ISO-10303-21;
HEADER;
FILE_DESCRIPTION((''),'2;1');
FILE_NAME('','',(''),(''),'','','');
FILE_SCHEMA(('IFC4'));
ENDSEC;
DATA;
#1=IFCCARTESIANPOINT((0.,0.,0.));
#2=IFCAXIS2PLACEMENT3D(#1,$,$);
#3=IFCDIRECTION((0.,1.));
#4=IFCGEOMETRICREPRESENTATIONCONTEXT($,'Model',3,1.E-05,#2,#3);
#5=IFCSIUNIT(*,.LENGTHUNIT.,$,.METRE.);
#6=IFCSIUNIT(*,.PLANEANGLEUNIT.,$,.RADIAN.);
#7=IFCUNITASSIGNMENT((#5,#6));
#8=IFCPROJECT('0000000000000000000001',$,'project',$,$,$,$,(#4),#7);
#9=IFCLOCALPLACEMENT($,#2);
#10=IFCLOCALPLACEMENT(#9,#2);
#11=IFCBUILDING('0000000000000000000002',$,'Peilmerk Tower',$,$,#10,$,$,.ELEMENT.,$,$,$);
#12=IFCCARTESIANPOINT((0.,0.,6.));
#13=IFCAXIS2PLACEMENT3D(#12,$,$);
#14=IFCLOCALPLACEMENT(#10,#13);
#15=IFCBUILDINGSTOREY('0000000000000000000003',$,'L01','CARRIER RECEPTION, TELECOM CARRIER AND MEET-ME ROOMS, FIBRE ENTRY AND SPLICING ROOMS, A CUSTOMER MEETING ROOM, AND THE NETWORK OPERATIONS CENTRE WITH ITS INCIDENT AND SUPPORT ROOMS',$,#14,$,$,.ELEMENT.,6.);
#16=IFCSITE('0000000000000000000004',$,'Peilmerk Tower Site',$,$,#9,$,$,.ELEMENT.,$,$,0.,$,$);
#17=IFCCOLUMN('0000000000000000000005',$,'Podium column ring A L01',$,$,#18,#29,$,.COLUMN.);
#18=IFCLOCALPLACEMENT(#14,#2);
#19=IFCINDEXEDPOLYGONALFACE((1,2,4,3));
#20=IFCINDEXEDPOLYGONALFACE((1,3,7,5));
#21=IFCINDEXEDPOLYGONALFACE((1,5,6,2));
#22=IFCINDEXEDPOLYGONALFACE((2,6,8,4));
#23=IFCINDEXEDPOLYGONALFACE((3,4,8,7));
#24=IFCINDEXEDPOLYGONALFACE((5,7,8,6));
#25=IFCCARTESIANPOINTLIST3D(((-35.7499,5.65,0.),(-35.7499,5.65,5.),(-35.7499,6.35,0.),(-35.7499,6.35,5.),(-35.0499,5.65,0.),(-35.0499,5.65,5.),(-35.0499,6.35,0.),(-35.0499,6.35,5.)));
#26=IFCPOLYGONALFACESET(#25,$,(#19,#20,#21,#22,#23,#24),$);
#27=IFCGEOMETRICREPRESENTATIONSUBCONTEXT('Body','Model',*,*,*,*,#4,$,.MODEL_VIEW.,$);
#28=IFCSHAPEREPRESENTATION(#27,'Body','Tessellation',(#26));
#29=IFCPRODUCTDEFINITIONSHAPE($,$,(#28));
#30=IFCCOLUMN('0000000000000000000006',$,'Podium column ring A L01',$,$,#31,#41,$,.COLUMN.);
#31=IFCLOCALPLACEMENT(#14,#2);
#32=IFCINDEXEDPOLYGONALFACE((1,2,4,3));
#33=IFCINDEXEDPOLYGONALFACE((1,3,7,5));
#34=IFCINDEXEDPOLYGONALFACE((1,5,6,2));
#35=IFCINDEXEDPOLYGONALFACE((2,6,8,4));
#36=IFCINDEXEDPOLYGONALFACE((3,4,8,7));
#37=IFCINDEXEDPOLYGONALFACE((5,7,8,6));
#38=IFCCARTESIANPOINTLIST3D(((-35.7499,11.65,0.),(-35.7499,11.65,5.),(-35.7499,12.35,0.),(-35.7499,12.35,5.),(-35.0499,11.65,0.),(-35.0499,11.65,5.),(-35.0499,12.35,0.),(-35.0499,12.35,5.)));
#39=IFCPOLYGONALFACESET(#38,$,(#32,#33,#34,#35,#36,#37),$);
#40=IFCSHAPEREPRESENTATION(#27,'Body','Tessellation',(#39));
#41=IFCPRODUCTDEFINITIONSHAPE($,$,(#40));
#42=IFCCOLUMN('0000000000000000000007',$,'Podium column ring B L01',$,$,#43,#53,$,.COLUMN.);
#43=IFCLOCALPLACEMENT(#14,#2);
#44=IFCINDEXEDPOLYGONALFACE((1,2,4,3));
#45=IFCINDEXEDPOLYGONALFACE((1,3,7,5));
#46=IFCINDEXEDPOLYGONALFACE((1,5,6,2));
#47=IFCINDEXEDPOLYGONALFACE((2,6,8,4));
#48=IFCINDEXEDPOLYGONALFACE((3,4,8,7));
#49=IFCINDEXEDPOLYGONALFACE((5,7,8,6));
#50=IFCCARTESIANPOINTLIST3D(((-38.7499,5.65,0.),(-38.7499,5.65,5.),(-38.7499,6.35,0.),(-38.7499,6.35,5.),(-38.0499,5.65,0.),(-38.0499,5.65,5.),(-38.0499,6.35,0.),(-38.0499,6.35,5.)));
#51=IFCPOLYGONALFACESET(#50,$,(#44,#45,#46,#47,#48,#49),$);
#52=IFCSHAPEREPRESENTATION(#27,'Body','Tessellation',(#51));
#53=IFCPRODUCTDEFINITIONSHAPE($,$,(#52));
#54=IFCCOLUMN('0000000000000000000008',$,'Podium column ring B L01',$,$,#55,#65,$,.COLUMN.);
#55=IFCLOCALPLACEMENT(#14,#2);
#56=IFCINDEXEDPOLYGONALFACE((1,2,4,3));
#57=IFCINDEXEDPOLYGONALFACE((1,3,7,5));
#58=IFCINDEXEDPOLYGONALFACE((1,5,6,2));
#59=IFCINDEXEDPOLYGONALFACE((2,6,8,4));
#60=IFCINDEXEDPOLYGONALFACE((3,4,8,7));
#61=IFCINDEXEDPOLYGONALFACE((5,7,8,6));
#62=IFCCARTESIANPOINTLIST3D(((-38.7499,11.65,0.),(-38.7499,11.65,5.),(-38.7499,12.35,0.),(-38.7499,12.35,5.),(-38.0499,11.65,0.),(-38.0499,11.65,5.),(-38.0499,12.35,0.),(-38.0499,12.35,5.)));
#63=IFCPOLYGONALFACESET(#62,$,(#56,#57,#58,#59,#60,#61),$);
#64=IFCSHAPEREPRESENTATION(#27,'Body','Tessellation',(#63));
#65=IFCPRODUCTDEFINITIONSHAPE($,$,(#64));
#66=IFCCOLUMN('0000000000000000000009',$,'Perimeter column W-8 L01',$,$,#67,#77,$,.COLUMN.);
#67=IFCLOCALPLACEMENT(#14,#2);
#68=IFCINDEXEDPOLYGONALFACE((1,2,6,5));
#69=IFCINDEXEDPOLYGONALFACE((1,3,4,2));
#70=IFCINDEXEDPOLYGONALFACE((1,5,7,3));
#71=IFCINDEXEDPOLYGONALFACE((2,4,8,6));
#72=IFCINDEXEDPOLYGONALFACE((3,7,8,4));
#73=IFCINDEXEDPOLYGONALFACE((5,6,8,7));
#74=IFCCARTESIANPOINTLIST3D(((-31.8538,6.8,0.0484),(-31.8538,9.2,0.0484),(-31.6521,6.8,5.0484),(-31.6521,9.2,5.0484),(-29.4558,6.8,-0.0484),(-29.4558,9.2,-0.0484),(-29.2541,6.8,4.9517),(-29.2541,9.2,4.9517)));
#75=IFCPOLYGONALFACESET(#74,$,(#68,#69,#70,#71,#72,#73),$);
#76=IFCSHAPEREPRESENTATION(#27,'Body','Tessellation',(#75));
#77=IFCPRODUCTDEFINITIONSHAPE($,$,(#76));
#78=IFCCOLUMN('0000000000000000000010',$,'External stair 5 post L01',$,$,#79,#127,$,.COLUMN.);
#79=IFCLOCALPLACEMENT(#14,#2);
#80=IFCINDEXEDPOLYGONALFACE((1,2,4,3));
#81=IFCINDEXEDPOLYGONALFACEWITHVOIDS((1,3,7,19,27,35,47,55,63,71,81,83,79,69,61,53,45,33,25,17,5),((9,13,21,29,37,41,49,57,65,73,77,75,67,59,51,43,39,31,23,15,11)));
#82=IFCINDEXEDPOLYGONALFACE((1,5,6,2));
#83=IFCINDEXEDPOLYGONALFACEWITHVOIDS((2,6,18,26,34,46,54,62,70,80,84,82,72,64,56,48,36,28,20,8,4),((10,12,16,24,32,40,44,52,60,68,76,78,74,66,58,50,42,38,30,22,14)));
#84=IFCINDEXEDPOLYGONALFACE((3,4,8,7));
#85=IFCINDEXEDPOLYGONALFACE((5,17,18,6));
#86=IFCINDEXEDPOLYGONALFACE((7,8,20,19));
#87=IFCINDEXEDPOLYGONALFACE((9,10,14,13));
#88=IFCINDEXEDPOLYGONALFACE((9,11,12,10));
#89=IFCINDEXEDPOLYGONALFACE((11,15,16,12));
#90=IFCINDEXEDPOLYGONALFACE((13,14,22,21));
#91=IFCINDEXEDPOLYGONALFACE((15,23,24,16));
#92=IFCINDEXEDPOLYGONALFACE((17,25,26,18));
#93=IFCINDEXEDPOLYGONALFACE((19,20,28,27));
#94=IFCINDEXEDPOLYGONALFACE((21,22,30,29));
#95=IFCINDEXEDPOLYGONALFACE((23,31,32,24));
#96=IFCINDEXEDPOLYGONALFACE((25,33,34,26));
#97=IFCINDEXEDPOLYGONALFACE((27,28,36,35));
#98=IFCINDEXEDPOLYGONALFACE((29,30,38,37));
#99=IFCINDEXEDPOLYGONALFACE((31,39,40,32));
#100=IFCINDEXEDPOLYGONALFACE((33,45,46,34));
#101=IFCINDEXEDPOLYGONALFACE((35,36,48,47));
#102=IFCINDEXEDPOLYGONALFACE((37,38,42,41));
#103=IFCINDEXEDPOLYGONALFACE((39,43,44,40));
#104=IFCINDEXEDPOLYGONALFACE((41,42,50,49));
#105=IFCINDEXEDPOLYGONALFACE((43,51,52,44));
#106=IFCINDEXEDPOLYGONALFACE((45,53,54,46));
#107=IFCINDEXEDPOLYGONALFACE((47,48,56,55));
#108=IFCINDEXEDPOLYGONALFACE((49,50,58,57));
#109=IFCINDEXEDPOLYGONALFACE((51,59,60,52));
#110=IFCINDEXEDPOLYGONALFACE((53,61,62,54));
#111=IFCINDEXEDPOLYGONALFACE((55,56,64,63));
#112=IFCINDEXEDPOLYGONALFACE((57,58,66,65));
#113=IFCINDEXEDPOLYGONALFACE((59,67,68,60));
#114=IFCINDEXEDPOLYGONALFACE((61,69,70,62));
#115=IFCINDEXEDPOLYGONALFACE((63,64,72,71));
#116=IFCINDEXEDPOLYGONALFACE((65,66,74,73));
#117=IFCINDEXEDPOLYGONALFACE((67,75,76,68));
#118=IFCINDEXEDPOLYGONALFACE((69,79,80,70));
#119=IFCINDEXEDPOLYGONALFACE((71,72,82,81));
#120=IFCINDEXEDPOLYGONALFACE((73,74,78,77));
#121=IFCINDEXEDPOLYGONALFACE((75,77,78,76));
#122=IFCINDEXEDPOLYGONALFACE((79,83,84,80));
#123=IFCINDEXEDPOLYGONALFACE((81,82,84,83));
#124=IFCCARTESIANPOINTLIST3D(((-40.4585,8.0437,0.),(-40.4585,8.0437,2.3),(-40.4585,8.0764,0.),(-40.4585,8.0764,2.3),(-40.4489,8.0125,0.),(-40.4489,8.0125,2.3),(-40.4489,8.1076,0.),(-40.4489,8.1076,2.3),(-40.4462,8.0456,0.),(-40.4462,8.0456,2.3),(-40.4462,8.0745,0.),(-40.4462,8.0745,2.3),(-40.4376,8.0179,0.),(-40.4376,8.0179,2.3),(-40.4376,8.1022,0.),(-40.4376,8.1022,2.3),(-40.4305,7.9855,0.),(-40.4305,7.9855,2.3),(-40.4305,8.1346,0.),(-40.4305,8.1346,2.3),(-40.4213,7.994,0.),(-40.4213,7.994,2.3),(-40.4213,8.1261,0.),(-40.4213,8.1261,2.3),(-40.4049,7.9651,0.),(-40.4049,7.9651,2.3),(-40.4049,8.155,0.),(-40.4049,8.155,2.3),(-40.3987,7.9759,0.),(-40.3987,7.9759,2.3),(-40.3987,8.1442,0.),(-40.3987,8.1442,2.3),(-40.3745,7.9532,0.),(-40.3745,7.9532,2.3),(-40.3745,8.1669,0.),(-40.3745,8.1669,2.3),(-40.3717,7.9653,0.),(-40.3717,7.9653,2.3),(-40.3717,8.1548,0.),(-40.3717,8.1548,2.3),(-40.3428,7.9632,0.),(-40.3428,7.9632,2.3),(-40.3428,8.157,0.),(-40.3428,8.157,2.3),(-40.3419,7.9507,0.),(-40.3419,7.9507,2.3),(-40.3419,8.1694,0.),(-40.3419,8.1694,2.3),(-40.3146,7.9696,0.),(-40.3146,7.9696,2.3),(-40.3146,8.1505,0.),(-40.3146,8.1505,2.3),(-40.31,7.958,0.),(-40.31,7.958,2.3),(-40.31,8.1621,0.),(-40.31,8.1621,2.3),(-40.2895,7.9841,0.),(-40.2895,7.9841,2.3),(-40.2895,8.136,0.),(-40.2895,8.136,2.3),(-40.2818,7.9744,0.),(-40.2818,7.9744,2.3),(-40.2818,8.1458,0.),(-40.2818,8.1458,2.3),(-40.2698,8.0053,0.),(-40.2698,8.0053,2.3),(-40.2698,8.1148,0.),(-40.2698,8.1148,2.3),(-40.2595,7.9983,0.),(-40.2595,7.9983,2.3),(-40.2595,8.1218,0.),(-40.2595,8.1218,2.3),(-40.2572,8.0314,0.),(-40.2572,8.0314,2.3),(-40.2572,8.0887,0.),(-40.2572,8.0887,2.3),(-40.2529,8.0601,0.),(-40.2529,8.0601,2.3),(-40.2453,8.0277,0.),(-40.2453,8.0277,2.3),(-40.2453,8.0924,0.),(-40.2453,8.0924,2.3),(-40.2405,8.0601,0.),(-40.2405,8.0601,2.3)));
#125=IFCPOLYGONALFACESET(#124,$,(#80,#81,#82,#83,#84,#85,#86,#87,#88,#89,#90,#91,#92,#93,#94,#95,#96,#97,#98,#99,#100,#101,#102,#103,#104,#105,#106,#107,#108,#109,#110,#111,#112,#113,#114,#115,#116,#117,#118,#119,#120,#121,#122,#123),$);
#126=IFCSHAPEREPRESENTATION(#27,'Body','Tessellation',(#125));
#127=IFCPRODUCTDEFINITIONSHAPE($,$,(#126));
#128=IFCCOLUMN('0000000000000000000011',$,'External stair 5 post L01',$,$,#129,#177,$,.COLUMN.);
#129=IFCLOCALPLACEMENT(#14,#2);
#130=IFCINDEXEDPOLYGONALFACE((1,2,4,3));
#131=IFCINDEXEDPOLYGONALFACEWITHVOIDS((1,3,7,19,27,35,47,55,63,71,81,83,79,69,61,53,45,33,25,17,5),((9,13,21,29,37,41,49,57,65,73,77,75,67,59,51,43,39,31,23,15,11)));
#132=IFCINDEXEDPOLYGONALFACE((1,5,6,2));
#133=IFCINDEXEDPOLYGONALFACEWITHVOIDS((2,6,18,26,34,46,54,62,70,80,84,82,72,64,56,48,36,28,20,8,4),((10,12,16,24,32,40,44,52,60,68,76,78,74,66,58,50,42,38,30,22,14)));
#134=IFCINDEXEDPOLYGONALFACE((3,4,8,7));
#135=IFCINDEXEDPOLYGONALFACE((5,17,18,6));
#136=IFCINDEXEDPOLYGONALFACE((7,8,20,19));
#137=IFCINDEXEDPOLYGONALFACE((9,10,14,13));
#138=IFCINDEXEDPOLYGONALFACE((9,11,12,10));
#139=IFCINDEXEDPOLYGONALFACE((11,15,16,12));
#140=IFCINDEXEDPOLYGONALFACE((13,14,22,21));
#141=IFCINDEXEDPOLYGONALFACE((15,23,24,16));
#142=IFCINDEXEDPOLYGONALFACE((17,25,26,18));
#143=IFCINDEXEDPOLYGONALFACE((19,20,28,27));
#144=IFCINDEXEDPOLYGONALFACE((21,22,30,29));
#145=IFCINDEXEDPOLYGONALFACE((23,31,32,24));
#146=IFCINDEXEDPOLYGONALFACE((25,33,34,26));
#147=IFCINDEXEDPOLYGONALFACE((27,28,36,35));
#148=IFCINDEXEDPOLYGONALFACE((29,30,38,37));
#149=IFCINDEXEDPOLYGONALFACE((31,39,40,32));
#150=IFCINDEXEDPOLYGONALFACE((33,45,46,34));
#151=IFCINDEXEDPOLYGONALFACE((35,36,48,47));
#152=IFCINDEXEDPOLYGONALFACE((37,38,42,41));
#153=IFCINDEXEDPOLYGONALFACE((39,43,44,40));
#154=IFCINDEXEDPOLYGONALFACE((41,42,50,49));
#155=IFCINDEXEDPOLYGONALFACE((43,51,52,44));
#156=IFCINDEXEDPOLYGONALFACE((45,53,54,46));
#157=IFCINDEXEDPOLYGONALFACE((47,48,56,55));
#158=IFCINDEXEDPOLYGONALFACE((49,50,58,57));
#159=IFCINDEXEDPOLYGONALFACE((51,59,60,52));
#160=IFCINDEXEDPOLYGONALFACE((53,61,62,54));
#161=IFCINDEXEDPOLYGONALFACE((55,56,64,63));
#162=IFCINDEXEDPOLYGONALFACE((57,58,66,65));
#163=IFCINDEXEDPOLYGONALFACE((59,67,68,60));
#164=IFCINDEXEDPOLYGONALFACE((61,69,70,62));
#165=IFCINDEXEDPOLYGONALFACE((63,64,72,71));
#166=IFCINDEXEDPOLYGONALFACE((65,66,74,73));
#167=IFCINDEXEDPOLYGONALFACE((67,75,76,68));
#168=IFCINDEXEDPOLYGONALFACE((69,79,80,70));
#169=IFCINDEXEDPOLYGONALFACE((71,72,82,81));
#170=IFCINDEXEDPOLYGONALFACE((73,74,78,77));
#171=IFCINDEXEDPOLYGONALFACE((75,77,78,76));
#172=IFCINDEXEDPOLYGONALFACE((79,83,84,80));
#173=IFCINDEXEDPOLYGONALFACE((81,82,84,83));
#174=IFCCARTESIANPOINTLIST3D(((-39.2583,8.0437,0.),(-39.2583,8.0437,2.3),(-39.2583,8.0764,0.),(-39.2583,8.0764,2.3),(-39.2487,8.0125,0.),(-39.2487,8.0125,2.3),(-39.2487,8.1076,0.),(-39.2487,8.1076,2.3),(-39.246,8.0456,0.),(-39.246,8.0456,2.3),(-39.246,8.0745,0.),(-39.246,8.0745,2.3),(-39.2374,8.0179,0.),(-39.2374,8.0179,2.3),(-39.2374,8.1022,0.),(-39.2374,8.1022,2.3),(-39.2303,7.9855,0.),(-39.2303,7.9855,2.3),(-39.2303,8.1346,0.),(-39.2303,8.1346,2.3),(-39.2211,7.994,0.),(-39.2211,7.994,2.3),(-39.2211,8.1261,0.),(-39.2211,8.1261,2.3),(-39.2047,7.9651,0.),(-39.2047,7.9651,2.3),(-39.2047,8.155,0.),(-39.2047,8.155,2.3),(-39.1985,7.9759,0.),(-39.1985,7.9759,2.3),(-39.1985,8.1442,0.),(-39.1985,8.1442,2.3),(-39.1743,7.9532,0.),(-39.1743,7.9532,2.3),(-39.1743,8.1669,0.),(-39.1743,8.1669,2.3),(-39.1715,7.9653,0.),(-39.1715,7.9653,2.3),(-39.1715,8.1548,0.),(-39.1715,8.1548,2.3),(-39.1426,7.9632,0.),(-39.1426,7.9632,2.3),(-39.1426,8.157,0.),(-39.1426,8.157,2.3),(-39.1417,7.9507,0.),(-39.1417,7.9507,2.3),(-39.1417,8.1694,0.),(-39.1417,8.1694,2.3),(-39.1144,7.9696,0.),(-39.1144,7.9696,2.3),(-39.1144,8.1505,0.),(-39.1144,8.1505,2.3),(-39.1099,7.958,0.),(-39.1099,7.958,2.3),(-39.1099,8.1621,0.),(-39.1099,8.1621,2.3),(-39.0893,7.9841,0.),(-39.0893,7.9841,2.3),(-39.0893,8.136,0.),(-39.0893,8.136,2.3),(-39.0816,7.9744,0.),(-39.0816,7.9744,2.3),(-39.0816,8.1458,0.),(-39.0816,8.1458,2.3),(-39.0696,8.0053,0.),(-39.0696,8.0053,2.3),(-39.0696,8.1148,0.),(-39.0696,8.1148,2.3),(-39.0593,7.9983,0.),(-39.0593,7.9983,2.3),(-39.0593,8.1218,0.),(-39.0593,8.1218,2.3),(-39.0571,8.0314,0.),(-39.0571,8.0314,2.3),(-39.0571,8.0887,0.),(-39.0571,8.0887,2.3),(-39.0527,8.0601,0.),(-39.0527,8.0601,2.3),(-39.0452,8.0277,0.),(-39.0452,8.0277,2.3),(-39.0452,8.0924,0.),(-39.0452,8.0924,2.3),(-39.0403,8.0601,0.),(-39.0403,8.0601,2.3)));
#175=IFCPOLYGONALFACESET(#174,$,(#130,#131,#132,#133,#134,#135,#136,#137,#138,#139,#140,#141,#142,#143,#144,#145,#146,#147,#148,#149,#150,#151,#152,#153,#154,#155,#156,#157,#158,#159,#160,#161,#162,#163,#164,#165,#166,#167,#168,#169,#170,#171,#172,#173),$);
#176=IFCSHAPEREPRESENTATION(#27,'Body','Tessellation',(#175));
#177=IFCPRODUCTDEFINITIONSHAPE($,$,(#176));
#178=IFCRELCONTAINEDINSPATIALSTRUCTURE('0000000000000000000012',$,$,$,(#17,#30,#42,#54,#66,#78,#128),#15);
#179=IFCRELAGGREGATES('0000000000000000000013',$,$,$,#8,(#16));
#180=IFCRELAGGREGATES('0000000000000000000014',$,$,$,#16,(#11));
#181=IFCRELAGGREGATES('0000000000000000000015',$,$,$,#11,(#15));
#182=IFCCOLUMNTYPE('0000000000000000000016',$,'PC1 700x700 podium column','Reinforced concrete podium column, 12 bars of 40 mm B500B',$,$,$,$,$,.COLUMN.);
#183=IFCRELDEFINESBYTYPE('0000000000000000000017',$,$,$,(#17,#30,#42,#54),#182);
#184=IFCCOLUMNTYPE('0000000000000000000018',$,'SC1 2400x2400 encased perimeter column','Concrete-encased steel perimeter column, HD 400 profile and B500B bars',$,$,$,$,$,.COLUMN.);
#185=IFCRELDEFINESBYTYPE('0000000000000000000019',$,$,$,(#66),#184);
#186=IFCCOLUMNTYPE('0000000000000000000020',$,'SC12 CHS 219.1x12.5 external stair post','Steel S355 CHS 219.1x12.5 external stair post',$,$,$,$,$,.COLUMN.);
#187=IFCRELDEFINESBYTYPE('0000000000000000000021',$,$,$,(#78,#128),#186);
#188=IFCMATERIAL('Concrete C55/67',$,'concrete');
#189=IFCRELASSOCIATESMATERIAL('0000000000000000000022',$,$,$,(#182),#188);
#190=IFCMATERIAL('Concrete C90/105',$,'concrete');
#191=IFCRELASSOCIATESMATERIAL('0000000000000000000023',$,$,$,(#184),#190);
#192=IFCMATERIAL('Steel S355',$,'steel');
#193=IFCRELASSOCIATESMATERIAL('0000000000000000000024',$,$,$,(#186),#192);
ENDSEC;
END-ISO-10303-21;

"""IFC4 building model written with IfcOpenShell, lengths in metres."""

from ifc_helpers import new_model, si_unit, direction, frame, origin, origin_2d, place, context, subcontext, project, spatial, rectangle, hollow_circle, extrude, material, material_profile, profile_set, type_object, element, save


model = new_model("IFC4")

# Units and contexts
model_context = context("Model", 3, precision=1e-05, world=origin(), true_north=direction((0.0, 1.0)))
body_context = subcontext(model_context, "Body", "Model", "MODEL_VIEW")
ifc_project = project(units=[si_unit("LENGTHUNIT", "METRE"), si_unit("PLANEANGLEUNIT", "RADIAN")], contexts=[model_context])

# Site, building, storey
site_placement = place(None, origin())
site = spatial("IfcSite", under=ifc_project, at=site_placement, Name="Peilmerk Tower Site", CompositionType="ELEMENT", RefElevation=0.0)
building_placement = place(site_placement, origin())
building = spatial("IfcBuilding", under=site, at=building_placement, Name="Peilmerk Tower", CompositionType="ELEMENT")
storey_placement = place(building_placement, frame((0.0, 0.0, 6.0)))
storey = spatial("IfcBuildingStorey", under=building, at=storey_placement, Name="L01", Description="CARRIER RECEPTION, TELECOM CARRIER AND MEET-ME ROOMS, FIBRE ENTRY AND SPLICING ROOMS, A CUSTOMER MEETING ROOM, AND THE NETWORK OPERATIONS CENTRE WITH ITS INCIDENT AND SUPPORT ROOMS", CompositionType="ELEMENT", Elevation=6.0)

# Columns
ifc_material_1 = material(Name="Concrete C55/67", Category="concrete")
ifc_material_profile_1 = material_profile(ifc_material_1, rectangle(XDim=0.7, YDim=0.7, at=origin_2d()), Name="RC 700x700")
ifc_profile_set_1 = profile_set([ifc_material_profile_1], Name="Concrete C55/67")
column_type_1 = type_object("IfcColumnType", Name="PC1 700x700 podium column", Description="Reinforced concrete podium column, 12 bars of 40 mm B500B", PredefinedType="COLUMN", material=ifc_profile_set_1)
for number, where, z_axis, x_axis, name in (
    (1, (-35.3999, 6.0, 0.0), (0.0, 0.0, 1.0), (1.0, 0.0, 0.0), "Podium column ring A L01"),
    (2, (-35.3999, 12.0, 0.0), (0.0, 0.0, 1.0), (1.0, 0.0, 0.0), "Podium column ring A L01"),
    (3, (-38.3999, 6.0, 0.0), (0.0, 0.0, 1.0), (1.0, 0.0, 0.0), "Podium column ring B L01"),
    (4, (-38.3999, 12.0, 0.0), (0.0, 0.0, 1.0), (1.0, 0.0, 0.0), "Podium column ring B L01"),
):
    element("IfcColumn", number, at=place(storey_placement, frame(where, z_axis=z_axis, x_axis=x_axis)), inside=storey, type_object=column_type_1, Name=name, PredefinedType="COLUMN", context=body_context, shape_type="SweptSolid", body=[
        extrude(rectangle(XDim=0.7, YDim=0.7, at=origin_2d()), origin(), (0.0, 0.0, 1.0), 5.0),
    ])
ifc_material_2 = material(Name="Concrete C90/105", Category="concrete")
ifc_material_profile_2 = material_profile(ifc_material_2, rectangle(XDim=2.3999, YDim=2.3999, at=origin_2d()), Name="RC 2400x2400")
ifc_profile_set_2 = profile_set([ifc_material_profile_2], Name="Concrete C90/105")
column_type_2 = type_object("IfcColumnType", Name="SC1 2400x2400 encased perimeter column", Description="Concrete-encased steel perimeter column, HD 400 profile and B500B bars", PredefinedType="COLUMN", material=ifc_profile_set_2)
column_placement = place(storey_placement, frame((-30.6548, 8.0, 0.0), z_axis=(0.040299, 0.0, 0.999188), x_axis=(0.0, 1.0, 0.0)))
element("IfcColumn", 5, at=column_placement, inside=storey, type_object=column_type_2, Name="Perimeter column W-8 L01", PredefinedType="COLUMN", context=body_context, shape_type="SweptSolid", body=[
    extrude(rectangle(XDim=2.3999, YDim=2.3999, at=origin_2d()), origin(), (0.0, 0.0, 1.0), 5.0042),
])
ifc_material_3 = material(Name="Steel S355", Category="steel")
ifc_material_profile_3 = material_profile(ifc_material_3, hollow_circle(Radius=0.1096, WallThickness=0.0125, at=origin_2d()), Name="CHS 219.1x12.5")
ifc_profile_set_3 = profile_set([ifc_material_profile_3], Name="Steel S355")
column_type_3 = type_object("IfcColumnType", Name="SC12 CHS 219.1x12.5 external stair post", Description="Steel S355 CHS 219.1x12.5 external stair post", PredefinedType="COLUMN", material=ifc_profile_set_3)
for number, where, z_axis, x_axis, name in (
    (6, (-40.3501, 8.0601, 0.0), (0.0, 0.0, 1.0), (1.0, 0.0, 0.0), "External stair 5 post L01"),
    (7, (-39.1499, 8.0601, 0.0), (0.0, 0.0, 1.0), (1.0, 0.0, 0.0), "External stair 5 post L01"),
):
    element("IfcColumn", number, at=place(storey_placement, frame(where, z_axis=z_axis, x_axis=x_axis)), inside=storey, type_object=column_type_3, Name=name, PredefinedType="COLUMN", context=body_context, shape_type="SweptSolid", body=[
        extrude(hollow_circle(Radius=0.1096, WallThickness=0.0125, at=origin_2d()), origin(), (0.0, 0.0, 1.0), 2.3),
    ])

save(model, "model.ifc")
